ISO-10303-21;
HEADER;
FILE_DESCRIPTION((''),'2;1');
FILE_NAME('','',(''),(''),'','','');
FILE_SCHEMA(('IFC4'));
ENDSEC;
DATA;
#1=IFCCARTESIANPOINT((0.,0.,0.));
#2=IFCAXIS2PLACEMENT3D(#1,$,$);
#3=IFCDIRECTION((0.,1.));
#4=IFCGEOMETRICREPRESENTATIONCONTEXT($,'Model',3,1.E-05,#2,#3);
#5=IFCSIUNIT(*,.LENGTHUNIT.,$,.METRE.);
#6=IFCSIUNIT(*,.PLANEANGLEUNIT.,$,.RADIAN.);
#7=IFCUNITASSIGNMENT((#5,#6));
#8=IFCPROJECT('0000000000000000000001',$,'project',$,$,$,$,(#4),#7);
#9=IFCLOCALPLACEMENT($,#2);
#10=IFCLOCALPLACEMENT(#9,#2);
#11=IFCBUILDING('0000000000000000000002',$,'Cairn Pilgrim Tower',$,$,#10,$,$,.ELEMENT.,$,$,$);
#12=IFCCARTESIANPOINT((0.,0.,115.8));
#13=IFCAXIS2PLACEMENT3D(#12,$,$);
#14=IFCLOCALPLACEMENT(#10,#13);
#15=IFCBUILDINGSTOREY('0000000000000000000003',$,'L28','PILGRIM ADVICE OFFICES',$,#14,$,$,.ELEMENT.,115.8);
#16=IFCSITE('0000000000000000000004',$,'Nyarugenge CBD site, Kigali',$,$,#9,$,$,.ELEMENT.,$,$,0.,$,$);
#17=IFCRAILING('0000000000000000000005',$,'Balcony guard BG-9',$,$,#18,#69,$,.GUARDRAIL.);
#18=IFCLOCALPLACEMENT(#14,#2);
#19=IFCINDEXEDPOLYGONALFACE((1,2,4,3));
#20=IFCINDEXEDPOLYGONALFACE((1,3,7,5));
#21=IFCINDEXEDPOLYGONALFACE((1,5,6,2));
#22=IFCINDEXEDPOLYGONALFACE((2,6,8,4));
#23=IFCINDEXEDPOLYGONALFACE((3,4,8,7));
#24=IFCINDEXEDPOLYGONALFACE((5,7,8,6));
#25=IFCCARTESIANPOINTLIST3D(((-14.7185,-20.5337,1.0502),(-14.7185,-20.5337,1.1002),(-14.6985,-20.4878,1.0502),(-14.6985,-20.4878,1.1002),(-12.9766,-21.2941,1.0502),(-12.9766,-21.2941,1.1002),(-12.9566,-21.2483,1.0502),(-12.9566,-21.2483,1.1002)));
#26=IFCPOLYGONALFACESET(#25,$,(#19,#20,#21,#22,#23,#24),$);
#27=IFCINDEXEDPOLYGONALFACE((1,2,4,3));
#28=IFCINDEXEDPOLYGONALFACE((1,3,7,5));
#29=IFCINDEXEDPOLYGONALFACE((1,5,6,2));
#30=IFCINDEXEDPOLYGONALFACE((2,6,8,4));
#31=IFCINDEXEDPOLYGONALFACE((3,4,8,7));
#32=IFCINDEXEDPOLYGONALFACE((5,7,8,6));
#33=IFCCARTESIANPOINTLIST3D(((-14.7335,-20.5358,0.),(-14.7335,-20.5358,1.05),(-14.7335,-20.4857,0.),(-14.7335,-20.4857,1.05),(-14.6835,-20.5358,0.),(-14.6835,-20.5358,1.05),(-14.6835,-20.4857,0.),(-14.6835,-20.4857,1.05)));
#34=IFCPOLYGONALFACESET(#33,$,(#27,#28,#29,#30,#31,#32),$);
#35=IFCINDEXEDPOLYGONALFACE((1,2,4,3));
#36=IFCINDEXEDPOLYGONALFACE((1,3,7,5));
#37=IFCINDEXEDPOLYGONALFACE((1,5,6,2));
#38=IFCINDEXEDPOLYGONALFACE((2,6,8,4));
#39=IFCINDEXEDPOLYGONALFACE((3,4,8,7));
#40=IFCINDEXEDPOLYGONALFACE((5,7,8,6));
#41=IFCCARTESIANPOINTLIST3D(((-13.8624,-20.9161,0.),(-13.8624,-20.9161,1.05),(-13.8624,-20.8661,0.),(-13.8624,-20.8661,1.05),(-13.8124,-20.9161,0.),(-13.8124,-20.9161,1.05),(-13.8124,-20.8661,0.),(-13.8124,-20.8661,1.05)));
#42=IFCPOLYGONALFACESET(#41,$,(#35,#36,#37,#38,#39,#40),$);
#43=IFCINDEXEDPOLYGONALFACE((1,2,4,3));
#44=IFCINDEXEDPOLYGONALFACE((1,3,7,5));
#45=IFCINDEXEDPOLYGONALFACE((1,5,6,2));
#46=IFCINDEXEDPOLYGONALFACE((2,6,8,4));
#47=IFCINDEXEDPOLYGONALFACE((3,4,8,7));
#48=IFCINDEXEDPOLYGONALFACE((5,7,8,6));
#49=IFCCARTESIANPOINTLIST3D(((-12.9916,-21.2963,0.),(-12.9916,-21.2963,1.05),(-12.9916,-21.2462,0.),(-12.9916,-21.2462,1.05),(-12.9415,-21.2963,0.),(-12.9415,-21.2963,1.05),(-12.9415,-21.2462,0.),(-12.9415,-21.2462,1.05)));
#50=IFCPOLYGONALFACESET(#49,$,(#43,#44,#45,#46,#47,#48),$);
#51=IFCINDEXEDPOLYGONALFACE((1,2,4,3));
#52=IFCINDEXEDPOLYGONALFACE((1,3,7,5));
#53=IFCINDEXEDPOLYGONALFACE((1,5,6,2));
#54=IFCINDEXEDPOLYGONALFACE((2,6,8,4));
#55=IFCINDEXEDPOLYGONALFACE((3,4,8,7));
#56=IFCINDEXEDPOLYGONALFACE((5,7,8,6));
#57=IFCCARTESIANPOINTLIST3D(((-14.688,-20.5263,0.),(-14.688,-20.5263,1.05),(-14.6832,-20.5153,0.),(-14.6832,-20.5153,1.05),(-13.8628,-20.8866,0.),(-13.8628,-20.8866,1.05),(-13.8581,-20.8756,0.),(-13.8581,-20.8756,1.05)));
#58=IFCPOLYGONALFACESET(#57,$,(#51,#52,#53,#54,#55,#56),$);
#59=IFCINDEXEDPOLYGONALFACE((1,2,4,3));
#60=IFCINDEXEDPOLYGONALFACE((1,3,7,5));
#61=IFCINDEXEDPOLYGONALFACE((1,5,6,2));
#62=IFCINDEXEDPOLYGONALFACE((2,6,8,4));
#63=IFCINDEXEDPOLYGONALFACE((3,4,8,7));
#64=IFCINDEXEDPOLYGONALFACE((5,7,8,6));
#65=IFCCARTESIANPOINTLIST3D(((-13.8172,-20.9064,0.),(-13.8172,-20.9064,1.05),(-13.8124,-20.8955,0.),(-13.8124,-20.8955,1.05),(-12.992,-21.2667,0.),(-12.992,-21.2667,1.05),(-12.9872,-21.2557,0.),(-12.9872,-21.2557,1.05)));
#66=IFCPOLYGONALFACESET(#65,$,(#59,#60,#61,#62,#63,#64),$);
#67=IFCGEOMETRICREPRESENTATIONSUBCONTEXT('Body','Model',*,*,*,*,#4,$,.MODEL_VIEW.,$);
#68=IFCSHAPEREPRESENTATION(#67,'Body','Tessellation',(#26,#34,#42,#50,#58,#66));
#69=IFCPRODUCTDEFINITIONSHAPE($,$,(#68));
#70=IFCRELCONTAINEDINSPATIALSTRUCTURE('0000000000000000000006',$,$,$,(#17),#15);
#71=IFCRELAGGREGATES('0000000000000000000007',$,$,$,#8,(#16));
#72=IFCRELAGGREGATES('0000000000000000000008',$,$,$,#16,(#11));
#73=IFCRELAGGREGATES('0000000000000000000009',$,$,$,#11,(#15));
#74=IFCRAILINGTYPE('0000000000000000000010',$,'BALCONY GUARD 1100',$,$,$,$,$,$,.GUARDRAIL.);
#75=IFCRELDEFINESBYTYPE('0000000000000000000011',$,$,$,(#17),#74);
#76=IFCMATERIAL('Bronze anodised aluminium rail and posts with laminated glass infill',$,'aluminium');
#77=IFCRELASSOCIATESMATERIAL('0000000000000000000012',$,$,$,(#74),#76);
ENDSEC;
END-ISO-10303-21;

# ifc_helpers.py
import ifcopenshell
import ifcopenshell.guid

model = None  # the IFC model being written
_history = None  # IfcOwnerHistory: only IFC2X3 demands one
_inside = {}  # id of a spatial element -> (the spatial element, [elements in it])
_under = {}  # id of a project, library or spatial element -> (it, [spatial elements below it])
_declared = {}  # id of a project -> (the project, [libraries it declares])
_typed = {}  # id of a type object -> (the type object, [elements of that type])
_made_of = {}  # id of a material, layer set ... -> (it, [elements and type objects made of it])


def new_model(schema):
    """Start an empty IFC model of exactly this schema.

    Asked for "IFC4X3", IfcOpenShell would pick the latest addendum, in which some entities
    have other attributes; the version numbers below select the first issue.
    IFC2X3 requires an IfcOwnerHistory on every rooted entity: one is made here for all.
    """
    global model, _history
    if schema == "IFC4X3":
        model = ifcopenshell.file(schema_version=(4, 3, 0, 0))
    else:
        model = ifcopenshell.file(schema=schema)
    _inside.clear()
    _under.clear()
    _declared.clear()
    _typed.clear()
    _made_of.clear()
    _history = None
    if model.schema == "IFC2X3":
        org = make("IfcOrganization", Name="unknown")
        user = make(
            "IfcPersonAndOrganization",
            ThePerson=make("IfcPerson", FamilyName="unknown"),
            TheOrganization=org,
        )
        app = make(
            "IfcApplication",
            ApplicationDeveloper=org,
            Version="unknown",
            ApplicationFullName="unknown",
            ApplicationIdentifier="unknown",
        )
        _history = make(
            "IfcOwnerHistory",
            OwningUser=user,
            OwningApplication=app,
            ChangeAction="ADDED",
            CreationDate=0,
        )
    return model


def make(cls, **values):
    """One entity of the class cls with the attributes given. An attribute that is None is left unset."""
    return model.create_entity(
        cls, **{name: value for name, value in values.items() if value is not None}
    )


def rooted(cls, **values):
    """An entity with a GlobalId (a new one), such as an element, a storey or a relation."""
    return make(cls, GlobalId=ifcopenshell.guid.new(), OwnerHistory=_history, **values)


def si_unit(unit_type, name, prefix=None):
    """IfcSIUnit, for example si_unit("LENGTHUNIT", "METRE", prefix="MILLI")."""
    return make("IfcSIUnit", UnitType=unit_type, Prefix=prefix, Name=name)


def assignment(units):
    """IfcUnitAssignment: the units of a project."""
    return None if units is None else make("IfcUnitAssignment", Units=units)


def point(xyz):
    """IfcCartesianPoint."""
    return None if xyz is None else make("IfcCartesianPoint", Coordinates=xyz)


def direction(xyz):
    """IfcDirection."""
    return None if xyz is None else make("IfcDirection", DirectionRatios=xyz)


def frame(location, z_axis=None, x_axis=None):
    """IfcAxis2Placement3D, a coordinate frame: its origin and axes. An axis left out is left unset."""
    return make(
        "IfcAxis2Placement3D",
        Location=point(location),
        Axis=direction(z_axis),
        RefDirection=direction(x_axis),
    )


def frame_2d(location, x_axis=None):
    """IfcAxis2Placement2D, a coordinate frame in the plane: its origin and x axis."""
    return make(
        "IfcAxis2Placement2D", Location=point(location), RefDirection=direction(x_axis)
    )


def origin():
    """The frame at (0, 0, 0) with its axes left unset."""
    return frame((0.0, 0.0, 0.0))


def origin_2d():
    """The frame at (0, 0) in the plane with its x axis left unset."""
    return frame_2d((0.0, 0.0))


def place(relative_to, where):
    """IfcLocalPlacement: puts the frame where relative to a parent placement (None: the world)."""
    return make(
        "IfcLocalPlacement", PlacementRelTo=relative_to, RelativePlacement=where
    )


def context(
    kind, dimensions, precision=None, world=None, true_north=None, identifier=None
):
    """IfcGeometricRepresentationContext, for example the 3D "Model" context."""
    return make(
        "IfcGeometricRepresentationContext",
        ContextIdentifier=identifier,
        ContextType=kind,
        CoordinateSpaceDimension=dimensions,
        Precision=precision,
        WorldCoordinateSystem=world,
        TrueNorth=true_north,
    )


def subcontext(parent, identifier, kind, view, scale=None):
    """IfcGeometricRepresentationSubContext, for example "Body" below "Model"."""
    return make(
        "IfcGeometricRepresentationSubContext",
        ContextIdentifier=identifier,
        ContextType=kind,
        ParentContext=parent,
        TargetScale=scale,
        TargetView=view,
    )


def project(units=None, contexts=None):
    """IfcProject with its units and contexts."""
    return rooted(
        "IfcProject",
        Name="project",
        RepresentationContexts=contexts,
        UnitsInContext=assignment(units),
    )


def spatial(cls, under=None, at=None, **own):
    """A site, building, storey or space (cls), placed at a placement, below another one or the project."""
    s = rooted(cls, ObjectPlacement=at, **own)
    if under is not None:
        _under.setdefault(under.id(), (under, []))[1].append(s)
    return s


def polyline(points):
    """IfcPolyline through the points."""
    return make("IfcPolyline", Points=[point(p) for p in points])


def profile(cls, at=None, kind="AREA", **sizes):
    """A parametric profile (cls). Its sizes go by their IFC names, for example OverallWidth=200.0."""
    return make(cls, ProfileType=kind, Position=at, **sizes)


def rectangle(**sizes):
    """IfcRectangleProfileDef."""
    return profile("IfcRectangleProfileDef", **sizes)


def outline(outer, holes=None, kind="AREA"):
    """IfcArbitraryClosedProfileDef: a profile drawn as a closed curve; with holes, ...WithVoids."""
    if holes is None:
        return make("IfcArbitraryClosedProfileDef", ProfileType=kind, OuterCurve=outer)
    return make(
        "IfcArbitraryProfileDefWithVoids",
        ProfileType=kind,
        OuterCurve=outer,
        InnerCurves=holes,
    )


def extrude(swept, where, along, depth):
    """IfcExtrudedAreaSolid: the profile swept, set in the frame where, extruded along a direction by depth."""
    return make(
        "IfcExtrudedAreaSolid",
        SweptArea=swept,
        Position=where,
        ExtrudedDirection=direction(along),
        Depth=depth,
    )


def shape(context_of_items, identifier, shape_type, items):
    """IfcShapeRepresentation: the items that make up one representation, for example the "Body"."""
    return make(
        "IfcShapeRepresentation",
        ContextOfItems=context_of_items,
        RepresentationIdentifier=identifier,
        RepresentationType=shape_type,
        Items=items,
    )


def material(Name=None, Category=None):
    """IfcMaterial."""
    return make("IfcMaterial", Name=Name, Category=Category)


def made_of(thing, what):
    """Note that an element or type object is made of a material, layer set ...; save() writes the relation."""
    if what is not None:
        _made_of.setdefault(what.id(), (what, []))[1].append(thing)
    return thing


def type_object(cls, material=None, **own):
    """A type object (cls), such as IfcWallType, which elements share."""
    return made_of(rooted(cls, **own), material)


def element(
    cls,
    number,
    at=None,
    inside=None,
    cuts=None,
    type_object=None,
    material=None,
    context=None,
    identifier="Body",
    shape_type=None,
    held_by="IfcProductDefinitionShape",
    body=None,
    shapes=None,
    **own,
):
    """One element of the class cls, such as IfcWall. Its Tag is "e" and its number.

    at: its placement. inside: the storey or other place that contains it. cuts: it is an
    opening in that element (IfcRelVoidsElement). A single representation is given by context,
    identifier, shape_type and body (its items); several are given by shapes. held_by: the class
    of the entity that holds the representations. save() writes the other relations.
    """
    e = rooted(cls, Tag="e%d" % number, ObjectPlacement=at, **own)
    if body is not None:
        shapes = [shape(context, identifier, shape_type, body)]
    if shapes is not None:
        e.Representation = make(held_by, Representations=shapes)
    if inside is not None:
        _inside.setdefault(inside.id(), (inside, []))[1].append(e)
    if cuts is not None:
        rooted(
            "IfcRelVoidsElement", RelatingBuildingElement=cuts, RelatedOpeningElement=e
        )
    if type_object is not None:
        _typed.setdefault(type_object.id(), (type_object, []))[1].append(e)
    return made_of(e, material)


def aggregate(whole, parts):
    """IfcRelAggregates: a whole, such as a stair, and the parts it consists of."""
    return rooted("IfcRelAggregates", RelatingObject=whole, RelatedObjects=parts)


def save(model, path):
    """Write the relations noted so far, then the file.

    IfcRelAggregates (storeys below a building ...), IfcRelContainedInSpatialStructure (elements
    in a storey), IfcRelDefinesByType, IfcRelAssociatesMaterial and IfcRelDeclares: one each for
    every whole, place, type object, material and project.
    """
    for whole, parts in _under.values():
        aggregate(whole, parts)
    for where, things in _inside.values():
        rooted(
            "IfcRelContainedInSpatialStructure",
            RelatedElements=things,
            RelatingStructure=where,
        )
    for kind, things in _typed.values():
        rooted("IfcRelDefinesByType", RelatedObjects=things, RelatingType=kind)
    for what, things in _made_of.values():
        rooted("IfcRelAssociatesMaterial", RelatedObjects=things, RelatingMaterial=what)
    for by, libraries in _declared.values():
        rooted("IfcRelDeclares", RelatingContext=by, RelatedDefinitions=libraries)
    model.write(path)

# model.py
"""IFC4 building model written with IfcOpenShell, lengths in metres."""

from ifc_helpers import new_model, si_unit, direction, frame, origin, origin_2d, place, context, subcontext, project, spatial, polyline, rectangle, outline, extrude, material, type_object, element, save


model = new_model("IFC4")

# Units and contexts
model_context = context("Model", 3, precision=1e-05, world=origin(), true_north=direction((0.0, 1.0)))
body_context = subcontext(model_context, "Body", "Model", "MODEL_VIEW")
ifc_project = project(units=[si_unit("LENGTHUNIT", "METRE"), si_unit("PLANEANGLEUNIT", "RADIAN")], contexts=[model_context])

# Site, building, storey
site_placement = place(None, origin())
site = spatial("IfcSite", under=ifc_project, at=site_placement, Name="Nyarugenge CBD site, Kigali", CompositionType="ELEMENT", RefElevation=0.0)
building_placement = place(site_placement, origin())
building = spatial("IfcBuilding", under=site, at=building_placement, Name="Cairn Pilgrim Tower", CompositionType="ELEMENT")
storey_placement = place(building_placement, frame((0.0, 0.0, 115.8)))
storey = spatial("IfcBuildingStorey", under=building, at=storey_placement, Name="L28", Description="PILGRIM ADVICE OFFICES", CompositionType="ELEMENT", Elevation=115.8)

# Railing
ifc_material_1 = material(Name="Bronze anodised aluminium rail and posts with laminated glass infill", Category="aluminium")
railing_type_1 = type_object("IfcRailingType", Name="BALCONY GUARD 1100", PredefinedType="GUARDRAIL", material=ifc_material_1)
railing_1_placement = place(storey_placement, frame((-14.7085, -20.5107, 0.0)))
element("IfcRailing", 1, at=railing_1_placement, inside=storey, type_object=railing_type_1, Name="Balcony guard BG-9", PredefinedType="GUARDRAIL", context=body_context, shape_type="SweptSolid", body=[
    extrude(rectangle(XDim=0.05, YDim=0.05, at=origin_2d()), frame((0.0, 0.0, 1.0752), z_axis=(0.916467, -0.400111, 0.0), x_axis=(0.400111, 0.916467, 0.0)), (0.0, 0.0, 1.0), 1.9006),
    extrude(rectangle(XDim=0.05, YDim=0.05, at=origin_2d()), origin(), (0.0, 0.0, 1.0), 1.05),
    extrude(rectangle(XDim=0.05, YDim=0.05, at=origin_2d()), frame((0.8711, -0.3804, 0.0)), (0.0, 0.0, 1.0), 1.05),
    extrude(rectangle(XDim=0.05, YDim=0.05, at=origin_2d()), frame((1.7419, -0.7605, 0.0)), (0.0, 0.0, 1.0), 1.05),
    extrude(outline(polyline([(0.0249, 0.0), (0.9253, 0.0), (0.9253, 1.05), (0.0249, 1.05), (0.0249, 0.0)])), frame((0.0024, 0.0054, 0.0), z_axis=(-0.400111, -0.916467, 0.0), x_axis=(0.916467, -0.400111, 0.0)), (0.0, 0.0, 1.0), 0.012),
    extrude(outline(polyline([(0.0249, 0.0), (0.9253, 0.0), (0.9253, 1.05), (0.0249, 1.05), (0.0249, 0.0)])), frame((0.8733, -0.3748, 0.0), z_axis=(-0.400111, -0.916467, 0.0), x_axis=(0.916467, -0.400111, 0.0)), (0.0, 0.0, 1.0), 0.012),
])

save(model, "model.ifc")
